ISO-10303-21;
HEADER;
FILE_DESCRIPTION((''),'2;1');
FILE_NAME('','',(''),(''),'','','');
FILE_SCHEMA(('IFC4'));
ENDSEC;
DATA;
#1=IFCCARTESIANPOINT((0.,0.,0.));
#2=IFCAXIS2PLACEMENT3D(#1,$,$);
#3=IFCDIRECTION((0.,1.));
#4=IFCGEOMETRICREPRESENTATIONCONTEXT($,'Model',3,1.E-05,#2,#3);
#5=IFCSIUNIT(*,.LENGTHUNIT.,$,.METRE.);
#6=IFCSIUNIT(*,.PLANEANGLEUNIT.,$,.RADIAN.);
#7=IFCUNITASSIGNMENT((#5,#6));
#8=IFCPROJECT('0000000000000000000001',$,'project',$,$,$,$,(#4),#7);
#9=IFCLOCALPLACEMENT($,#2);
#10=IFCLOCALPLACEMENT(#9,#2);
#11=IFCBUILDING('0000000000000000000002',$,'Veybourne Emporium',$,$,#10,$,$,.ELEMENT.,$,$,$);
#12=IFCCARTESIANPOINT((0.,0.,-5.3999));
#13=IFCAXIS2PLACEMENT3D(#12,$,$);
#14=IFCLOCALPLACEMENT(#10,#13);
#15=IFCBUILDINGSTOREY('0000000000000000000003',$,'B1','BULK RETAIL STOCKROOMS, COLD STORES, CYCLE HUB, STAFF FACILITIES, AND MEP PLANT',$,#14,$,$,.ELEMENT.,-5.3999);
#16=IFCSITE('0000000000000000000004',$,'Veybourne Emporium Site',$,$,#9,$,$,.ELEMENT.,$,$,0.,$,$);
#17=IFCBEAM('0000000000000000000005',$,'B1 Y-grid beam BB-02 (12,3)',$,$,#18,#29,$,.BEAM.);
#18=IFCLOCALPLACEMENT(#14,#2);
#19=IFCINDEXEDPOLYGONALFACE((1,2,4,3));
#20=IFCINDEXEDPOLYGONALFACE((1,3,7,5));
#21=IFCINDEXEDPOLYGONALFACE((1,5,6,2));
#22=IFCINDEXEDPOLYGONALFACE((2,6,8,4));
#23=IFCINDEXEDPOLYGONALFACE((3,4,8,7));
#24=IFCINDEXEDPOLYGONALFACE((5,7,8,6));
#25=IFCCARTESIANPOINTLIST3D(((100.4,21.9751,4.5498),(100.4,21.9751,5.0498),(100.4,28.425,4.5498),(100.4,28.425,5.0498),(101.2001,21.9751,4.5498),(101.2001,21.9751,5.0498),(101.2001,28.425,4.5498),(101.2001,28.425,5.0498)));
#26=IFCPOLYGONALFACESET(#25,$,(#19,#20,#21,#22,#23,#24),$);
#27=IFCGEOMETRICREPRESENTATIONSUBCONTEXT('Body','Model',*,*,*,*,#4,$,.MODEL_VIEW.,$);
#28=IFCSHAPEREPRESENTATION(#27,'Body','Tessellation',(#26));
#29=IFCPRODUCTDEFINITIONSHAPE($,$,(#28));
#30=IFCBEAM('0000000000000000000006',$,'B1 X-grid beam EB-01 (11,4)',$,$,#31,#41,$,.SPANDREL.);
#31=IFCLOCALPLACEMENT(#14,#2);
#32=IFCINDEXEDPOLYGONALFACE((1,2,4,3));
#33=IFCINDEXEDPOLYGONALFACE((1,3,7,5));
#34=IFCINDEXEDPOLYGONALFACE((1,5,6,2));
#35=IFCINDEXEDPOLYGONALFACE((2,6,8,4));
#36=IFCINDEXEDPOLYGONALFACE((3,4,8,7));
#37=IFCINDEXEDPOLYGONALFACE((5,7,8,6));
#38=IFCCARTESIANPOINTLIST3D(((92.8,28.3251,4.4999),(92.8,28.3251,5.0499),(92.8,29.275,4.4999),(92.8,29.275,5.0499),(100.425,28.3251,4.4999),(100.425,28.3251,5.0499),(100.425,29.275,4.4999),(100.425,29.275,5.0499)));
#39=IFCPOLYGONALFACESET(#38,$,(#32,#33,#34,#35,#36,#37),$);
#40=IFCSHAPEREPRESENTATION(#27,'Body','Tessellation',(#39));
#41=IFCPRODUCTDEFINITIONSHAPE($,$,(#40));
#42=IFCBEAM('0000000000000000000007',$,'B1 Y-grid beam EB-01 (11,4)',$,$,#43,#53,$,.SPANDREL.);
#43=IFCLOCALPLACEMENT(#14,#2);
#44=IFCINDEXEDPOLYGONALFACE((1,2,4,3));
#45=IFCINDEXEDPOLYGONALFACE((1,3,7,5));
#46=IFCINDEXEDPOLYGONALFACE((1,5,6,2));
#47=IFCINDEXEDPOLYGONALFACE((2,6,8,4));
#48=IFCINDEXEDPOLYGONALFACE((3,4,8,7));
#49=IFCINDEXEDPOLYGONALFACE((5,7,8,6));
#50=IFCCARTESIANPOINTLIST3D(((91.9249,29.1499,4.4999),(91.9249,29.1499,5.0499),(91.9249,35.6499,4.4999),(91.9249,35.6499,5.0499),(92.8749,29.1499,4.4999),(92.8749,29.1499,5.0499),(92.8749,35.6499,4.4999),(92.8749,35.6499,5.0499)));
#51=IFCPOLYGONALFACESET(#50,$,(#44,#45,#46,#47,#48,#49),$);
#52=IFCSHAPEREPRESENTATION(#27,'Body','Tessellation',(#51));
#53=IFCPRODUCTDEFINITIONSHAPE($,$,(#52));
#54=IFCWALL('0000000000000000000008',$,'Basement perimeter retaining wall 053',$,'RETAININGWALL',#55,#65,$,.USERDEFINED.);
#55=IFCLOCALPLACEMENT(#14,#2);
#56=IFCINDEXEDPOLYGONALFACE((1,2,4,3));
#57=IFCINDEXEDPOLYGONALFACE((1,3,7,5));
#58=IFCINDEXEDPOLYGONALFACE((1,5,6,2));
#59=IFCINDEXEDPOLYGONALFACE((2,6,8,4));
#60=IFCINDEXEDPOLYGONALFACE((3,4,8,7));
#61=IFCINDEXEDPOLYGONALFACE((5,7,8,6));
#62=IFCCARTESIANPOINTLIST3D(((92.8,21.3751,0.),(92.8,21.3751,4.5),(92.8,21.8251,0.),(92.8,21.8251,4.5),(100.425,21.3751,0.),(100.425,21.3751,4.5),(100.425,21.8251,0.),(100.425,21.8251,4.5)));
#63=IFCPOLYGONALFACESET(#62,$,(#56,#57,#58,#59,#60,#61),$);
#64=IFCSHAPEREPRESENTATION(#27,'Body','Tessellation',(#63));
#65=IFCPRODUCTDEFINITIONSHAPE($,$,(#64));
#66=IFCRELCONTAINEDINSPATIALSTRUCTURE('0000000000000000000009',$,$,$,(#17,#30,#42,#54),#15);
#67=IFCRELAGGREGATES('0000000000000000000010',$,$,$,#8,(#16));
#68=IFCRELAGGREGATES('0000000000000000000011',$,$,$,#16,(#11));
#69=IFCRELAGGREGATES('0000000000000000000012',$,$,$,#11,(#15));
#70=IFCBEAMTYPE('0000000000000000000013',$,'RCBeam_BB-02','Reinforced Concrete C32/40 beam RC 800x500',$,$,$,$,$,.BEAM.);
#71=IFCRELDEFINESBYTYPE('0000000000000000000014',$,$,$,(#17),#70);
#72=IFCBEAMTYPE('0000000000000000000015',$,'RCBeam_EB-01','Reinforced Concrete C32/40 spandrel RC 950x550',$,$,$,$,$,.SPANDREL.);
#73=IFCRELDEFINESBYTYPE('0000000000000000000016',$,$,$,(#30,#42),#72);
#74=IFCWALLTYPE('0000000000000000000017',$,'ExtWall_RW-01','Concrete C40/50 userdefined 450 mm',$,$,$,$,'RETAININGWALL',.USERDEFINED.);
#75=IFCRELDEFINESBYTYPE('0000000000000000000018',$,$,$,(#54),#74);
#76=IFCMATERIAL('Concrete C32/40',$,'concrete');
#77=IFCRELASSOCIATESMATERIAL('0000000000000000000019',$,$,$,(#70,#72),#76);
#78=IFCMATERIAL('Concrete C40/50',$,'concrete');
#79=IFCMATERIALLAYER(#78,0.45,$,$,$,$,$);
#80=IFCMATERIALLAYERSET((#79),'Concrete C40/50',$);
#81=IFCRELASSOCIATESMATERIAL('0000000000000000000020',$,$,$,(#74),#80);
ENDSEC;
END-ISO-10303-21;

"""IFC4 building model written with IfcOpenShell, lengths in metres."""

from ifc_helpers import new_model, si_unit, direction, frame, frame_2d, origin, origin_2d, place, context, subcontext, project, spatial, rectangle, extrude, material, layer, layer_set, material_profile, profile_set, type_object, element, save


model = new_model("IFC4")

# Units and contexts
model_context = context("Model", 3, precision=1e-05, world=origin(), true_north=direction((0.0, 1.0)))
body_context = subcontext(model_context, "Body", "Model", "MODEL_VIEW")
ifc_project = project(units=[si_unit("LENGTHUNIT", "METRE"), si_unit("PLANEANGLEUNIT", "RADIAN")], contexts=[model_context])

# Site, building, storey
site_placement = place(None, origin())
site = spatial("IfcSite", under=ifc_project, at=site_placement, Name="Veybourne Emporium Site", CompositionType="ELEMENT", RefElevation=0.0)
building_placement = place(site_placement, origin())
building = spatial("IfcBuilding", under=site, at=building_placement, Name="Veybourne Emporium", CompositionType="ELEMENT")
storey_placement = place(building_placement, frame((0.0, 0.0, -5.3999)))
storey = spatial("IfcBuildingStorey", under=building, at=storey_placement, Name="B1", Description="BULK RETAIL STOCKROOMS, COLD STORES, CYCLE HUB, STAFF FACILITIES, AND MEP PLANT", CompositionType="ELEMENT", Elevation=-5.3999)

# Shared definitions
ifc_material_1 = material(Name="Concrete C40/50", Category="concrete")

# Beams
ifc_material_2 = material(Name="Concrete C32/40", Category="concrete")
ifc_material_profile_1 = material_profile(ifc_material_2, rectangle(XDim=0.8, YDim=0.5, at=origin_2d()), Name="RC 800x500")
ifc_profile_set_1 = profile_set([ifc_material_profile_1], Name="Concrete C32/40")
beam_type_1 = type_object("IfcBeamType", Name="RCBeam_BB-02", Description="Reinforced Concrete C32/40 beam RC 800x500", PredefinedType="BEAM", material=ifc_profile_set_1)
beam_1_placement = place(storey_placement, frame((100.8, 21.9751, 4.7998), z_axis=(0.0, 1.0, 0.0), x_axis=(-1.0, 0.0, 0.0)))
element("IfcBeam", 1, at=beam_1_placement, inside=storey, type_object=beam_type_1, Name="B1 Y-grid beam BB-02 (12,3)", PredefinedType="BEAM", context=body_context, shape_type="SweptSolid", body=[
    extrude(rectangle(XDim=0.8, YDim=0.5, at=origin_2d()), origin(), (0.0, 0.0, 1.0), 6.45),
])
ifc_material_profile_2 = material_profile(ifc_material_2, rectangle(XDim=0.95, YDim=0.55, at=origin_2d()), Name="RC 950x550")
ifc_profile_set_2 = profile_set([ifc_material_profile_2], Name="Concrete C32/40")
beam_type_2 = type_object("IfcBeamType", Name="RCBeam_EB-01", Description="Reinforced Concrete C32/40 spandrel RC 950x550", PredefinedType="SPANDREL", material=ifc_profile_set_2)
beam_2_placement = place(storey_placement, frame((92.8, 28.8, 4.7749), z_axis=(1.0, 0.0, 0.0), x_axis=(0.0, 1.0, 0.0)))
element("IfcBeam", 2, at=beam_2_placement, inside=storey, type_object=beam_type_2, Name="B1 X-grid beam EB-01 (11,4)", PredefinedType="SPANDREL", context=body_context, shape_type="SweptSolid", body=[
    extrude(rectangle(XDim=0.95, YDim=0.55, at=origin_2d()), origin(), (0.0, 0.0, 1.0), 7.625),
])
beam_3_placement = place(storey_placement, frame((92.3999, 29.1499, 4.7749), z_axis=(0.0, 1.0, 0.0), x_axis=(-1.0, 0.0, 0.0)))
element("IfcBeam", 3, at=beam_3_placement, inside=storey, type_object=beam_type_2, Name="B1 Y-grid beam EB-01 (11,4)", PredefinedType="SPANDREL", context=body_context, shape_type="SweptSolid", body=[
    extrude(rectangle(XDim=0.95, YDim=0.55, at=origin_2d()), origin(), (0.0, 0.0, 1.0), 6.5),
])

# Wall
ifc_layer = layer(ifc_material_1, 0.45)
ifc_layer_set = layer_set([ifc_layer], Name="Concrete C40/50")
wall_type = type_object("IfcWallType", Name="ExtWall_RW-01", Description="Concrete C40/50 userdefined 450 mm", ElementType="RETAININGWALL", PredefinedType="USERDEFINED", material=ifc_layer_set)
wall_placement = place(storey_placement, frame((92.8, 21.6001, 0.0), z_axis=(0.0, 0.0, 1.0), x_axis=(1.0, 0.0, 0.0)))
element("IfcWall", 4, at=wall_placement, inside=storey, type_object=wall_type, Name="Basement perimeter retaining wall 053", ObjectType="RETAININGWALL", PredefinedType="USERDEFINED", context=body_context, shape_type="SweptSolid", body=[
    extrude(rectangle(XDim=7.625, YDim=0.45, at=frame_2d((3.8125, 0.0))), origin(), (0.0, 0.0, 1.0), 4.5),
])

save(model, "model.ifc")
